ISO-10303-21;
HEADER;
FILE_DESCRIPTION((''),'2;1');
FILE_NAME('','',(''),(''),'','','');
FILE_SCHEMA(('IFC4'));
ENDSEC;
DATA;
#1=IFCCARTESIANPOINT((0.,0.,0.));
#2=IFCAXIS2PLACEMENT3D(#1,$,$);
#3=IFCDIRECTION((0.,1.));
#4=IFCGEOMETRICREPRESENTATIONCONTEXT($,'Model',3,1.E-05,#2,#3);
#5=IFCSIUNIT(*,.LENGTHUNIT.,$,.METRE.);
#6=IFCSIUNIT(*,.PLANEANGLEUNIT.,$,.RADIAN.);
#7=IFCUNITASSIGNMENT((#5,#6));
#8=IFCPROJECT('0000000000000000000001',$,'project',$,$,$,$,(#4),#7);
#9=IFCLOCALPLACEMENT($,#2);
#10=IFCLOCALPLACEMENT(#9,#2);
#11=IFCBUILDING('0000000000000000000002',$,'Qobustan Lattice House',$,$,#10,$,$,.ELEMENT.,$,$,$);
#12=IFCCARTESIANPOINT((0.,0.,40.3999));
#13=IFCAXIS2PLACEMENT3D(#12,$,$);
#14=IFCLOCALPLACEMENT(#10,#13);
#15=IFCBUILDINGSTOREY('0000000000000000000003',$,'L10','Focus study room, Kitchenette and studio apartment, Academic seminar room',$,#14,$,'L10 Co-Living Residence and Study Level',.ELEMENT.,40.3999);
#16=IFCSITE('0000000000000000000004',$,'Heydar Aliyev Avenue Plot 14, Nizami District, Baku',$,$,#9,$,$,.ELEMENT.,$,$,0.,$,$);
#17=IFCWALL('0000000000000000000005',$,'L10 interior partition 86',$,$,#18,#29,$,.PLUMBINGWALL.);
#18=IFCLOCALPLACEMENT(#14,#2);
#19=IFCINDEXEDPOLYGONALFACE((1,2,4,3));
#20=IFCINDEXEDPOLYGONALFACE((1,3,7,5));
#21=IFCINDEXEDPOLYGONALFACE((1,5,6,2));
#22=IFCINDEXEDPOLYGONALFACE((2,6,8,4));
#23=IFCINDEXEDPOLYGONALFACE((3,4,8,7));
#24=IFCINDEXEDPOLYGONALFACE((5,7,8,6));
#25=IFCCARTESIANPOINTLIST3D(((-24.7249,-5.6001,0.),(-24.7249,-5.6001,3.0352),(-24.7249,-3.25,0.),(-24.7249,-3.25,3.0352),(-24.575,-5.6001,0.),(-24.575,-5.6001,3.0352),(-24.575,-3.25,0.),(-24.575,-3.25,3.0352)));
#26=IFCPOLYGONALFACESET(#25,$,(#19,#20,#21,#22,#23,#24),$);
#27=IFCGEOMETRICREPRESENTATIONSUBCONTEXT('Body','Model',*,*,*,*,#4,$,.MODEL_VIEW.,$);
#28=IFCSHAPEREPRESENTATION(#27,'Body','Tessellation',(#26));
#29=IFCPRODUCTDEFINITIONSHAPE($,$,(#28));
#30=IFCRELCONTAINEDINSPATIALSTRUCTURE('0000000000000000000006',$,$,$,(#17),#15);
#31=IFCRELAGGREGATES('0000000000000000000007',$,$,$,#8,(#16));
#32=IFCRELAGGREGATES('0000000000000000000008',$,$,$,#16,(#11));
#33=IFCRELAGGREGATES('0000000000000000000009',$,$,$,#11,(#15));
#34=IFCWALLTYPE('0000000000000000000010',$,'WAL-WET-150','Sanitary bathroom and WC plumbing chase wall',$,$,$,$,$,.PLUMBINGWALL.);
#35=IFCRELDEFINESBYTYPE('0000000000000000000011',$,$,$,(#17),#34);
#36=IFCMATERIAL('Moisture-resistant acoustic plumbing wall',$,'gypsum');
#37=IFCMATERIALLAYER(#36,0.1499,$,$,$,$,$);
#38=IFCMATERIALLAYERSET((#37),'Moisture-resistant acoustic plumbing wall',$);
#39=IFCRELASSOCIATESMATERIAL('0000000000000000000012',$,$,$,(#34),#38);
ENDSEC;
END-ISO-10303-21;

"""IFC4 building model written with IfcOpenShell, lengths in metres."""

from ifc_helpers import new_model, si_unit, direction, frame, frame_2d, origin, place, context, subcontext, project, spatial, rectangle, extrude, material, layer, layer_set, type_object, element, save


model = new_model("IFC4")

# Units and contexts
model_context = context("Model", 3, precision=1e-05, world=origin(), true_north=direction((0.0, 1.0)))
body_context = subcontext(model_context, "Body", "Model", "MODEL_VIEW")
ifc_project = project(units=[si_unit("LENGTHUNIT", "METRE"), si_unit("PLANEANGLEUNIT", "RADIAN")], contexts=[model_context])

# Site, building, storey
site_placement = place(None, origin())
site = spatial("IfcSite", under=ifc_project, at=site_placement, Name="Heydar Aliyev Avenue Plot 14, Nizami District, Baku", CompositionType="ELEMENT", RefElevation=0.0)
building_placement = place(site_placement, origin())
building = spatial("IfcBuilding", under=site, at=building_placement, Name="Qobustan Lattice House", CompositionType="ELEMENT")
storey_placement = place(building_placement, frame((0.0, 0.0, 40.3999)))
storey = spatial("IfcBuildingStorey", under=building, at=storey_placement, Name="L10", Description="Focus study room, Kitchenette and studio apartment, Academic seminar room", LongName="L10 Co-Living Residence and Study Level", CompositionType="ELEMENT", Elevation=40.3999)

# Shared definitions
ifc_material_1 = material(Name="Moisture-resistant acoustic plumbing wall", Category="gypsum")
ifc_layer_1 = layer(ifc_material_1, 0.1499)
ifc_layer_set_1 = layer_set([ifc_layer_1], Name="Moisture-resistant acoustic plumbing wall")
wall_type_1 = type_object("IfcWallType", Name="WAL-WET-150", Description="Sanitary bathroom and WC plumbing chase wall", PredefinedType="PLUMBINGWALL", material=ifc_layer_set_1)

# Wall
wall_1_placement = place(storey_placement, frame((-24.6499, -5.6001, 0.0), z_axis=(0.0, 0.0, 1.0), x_axis=(0.0, 1.0, 0.0)))
element("IfcWall", 1, at=wall_1_placement, inside=storey, type_object=wall_type_1, Name="L10 interior partition 86", PredefinedType="PLUMBINGWALL", context=body_context, shape_type="SweptSolid", body=[
    extrude(rectangle(XDim=2.3501, YDim=0.1499, at=frame_2d((1.175, 0.0))), origin(), (0.0, 0.0, 1.0), 3.0352),
])

save(model, "model.ifc")
